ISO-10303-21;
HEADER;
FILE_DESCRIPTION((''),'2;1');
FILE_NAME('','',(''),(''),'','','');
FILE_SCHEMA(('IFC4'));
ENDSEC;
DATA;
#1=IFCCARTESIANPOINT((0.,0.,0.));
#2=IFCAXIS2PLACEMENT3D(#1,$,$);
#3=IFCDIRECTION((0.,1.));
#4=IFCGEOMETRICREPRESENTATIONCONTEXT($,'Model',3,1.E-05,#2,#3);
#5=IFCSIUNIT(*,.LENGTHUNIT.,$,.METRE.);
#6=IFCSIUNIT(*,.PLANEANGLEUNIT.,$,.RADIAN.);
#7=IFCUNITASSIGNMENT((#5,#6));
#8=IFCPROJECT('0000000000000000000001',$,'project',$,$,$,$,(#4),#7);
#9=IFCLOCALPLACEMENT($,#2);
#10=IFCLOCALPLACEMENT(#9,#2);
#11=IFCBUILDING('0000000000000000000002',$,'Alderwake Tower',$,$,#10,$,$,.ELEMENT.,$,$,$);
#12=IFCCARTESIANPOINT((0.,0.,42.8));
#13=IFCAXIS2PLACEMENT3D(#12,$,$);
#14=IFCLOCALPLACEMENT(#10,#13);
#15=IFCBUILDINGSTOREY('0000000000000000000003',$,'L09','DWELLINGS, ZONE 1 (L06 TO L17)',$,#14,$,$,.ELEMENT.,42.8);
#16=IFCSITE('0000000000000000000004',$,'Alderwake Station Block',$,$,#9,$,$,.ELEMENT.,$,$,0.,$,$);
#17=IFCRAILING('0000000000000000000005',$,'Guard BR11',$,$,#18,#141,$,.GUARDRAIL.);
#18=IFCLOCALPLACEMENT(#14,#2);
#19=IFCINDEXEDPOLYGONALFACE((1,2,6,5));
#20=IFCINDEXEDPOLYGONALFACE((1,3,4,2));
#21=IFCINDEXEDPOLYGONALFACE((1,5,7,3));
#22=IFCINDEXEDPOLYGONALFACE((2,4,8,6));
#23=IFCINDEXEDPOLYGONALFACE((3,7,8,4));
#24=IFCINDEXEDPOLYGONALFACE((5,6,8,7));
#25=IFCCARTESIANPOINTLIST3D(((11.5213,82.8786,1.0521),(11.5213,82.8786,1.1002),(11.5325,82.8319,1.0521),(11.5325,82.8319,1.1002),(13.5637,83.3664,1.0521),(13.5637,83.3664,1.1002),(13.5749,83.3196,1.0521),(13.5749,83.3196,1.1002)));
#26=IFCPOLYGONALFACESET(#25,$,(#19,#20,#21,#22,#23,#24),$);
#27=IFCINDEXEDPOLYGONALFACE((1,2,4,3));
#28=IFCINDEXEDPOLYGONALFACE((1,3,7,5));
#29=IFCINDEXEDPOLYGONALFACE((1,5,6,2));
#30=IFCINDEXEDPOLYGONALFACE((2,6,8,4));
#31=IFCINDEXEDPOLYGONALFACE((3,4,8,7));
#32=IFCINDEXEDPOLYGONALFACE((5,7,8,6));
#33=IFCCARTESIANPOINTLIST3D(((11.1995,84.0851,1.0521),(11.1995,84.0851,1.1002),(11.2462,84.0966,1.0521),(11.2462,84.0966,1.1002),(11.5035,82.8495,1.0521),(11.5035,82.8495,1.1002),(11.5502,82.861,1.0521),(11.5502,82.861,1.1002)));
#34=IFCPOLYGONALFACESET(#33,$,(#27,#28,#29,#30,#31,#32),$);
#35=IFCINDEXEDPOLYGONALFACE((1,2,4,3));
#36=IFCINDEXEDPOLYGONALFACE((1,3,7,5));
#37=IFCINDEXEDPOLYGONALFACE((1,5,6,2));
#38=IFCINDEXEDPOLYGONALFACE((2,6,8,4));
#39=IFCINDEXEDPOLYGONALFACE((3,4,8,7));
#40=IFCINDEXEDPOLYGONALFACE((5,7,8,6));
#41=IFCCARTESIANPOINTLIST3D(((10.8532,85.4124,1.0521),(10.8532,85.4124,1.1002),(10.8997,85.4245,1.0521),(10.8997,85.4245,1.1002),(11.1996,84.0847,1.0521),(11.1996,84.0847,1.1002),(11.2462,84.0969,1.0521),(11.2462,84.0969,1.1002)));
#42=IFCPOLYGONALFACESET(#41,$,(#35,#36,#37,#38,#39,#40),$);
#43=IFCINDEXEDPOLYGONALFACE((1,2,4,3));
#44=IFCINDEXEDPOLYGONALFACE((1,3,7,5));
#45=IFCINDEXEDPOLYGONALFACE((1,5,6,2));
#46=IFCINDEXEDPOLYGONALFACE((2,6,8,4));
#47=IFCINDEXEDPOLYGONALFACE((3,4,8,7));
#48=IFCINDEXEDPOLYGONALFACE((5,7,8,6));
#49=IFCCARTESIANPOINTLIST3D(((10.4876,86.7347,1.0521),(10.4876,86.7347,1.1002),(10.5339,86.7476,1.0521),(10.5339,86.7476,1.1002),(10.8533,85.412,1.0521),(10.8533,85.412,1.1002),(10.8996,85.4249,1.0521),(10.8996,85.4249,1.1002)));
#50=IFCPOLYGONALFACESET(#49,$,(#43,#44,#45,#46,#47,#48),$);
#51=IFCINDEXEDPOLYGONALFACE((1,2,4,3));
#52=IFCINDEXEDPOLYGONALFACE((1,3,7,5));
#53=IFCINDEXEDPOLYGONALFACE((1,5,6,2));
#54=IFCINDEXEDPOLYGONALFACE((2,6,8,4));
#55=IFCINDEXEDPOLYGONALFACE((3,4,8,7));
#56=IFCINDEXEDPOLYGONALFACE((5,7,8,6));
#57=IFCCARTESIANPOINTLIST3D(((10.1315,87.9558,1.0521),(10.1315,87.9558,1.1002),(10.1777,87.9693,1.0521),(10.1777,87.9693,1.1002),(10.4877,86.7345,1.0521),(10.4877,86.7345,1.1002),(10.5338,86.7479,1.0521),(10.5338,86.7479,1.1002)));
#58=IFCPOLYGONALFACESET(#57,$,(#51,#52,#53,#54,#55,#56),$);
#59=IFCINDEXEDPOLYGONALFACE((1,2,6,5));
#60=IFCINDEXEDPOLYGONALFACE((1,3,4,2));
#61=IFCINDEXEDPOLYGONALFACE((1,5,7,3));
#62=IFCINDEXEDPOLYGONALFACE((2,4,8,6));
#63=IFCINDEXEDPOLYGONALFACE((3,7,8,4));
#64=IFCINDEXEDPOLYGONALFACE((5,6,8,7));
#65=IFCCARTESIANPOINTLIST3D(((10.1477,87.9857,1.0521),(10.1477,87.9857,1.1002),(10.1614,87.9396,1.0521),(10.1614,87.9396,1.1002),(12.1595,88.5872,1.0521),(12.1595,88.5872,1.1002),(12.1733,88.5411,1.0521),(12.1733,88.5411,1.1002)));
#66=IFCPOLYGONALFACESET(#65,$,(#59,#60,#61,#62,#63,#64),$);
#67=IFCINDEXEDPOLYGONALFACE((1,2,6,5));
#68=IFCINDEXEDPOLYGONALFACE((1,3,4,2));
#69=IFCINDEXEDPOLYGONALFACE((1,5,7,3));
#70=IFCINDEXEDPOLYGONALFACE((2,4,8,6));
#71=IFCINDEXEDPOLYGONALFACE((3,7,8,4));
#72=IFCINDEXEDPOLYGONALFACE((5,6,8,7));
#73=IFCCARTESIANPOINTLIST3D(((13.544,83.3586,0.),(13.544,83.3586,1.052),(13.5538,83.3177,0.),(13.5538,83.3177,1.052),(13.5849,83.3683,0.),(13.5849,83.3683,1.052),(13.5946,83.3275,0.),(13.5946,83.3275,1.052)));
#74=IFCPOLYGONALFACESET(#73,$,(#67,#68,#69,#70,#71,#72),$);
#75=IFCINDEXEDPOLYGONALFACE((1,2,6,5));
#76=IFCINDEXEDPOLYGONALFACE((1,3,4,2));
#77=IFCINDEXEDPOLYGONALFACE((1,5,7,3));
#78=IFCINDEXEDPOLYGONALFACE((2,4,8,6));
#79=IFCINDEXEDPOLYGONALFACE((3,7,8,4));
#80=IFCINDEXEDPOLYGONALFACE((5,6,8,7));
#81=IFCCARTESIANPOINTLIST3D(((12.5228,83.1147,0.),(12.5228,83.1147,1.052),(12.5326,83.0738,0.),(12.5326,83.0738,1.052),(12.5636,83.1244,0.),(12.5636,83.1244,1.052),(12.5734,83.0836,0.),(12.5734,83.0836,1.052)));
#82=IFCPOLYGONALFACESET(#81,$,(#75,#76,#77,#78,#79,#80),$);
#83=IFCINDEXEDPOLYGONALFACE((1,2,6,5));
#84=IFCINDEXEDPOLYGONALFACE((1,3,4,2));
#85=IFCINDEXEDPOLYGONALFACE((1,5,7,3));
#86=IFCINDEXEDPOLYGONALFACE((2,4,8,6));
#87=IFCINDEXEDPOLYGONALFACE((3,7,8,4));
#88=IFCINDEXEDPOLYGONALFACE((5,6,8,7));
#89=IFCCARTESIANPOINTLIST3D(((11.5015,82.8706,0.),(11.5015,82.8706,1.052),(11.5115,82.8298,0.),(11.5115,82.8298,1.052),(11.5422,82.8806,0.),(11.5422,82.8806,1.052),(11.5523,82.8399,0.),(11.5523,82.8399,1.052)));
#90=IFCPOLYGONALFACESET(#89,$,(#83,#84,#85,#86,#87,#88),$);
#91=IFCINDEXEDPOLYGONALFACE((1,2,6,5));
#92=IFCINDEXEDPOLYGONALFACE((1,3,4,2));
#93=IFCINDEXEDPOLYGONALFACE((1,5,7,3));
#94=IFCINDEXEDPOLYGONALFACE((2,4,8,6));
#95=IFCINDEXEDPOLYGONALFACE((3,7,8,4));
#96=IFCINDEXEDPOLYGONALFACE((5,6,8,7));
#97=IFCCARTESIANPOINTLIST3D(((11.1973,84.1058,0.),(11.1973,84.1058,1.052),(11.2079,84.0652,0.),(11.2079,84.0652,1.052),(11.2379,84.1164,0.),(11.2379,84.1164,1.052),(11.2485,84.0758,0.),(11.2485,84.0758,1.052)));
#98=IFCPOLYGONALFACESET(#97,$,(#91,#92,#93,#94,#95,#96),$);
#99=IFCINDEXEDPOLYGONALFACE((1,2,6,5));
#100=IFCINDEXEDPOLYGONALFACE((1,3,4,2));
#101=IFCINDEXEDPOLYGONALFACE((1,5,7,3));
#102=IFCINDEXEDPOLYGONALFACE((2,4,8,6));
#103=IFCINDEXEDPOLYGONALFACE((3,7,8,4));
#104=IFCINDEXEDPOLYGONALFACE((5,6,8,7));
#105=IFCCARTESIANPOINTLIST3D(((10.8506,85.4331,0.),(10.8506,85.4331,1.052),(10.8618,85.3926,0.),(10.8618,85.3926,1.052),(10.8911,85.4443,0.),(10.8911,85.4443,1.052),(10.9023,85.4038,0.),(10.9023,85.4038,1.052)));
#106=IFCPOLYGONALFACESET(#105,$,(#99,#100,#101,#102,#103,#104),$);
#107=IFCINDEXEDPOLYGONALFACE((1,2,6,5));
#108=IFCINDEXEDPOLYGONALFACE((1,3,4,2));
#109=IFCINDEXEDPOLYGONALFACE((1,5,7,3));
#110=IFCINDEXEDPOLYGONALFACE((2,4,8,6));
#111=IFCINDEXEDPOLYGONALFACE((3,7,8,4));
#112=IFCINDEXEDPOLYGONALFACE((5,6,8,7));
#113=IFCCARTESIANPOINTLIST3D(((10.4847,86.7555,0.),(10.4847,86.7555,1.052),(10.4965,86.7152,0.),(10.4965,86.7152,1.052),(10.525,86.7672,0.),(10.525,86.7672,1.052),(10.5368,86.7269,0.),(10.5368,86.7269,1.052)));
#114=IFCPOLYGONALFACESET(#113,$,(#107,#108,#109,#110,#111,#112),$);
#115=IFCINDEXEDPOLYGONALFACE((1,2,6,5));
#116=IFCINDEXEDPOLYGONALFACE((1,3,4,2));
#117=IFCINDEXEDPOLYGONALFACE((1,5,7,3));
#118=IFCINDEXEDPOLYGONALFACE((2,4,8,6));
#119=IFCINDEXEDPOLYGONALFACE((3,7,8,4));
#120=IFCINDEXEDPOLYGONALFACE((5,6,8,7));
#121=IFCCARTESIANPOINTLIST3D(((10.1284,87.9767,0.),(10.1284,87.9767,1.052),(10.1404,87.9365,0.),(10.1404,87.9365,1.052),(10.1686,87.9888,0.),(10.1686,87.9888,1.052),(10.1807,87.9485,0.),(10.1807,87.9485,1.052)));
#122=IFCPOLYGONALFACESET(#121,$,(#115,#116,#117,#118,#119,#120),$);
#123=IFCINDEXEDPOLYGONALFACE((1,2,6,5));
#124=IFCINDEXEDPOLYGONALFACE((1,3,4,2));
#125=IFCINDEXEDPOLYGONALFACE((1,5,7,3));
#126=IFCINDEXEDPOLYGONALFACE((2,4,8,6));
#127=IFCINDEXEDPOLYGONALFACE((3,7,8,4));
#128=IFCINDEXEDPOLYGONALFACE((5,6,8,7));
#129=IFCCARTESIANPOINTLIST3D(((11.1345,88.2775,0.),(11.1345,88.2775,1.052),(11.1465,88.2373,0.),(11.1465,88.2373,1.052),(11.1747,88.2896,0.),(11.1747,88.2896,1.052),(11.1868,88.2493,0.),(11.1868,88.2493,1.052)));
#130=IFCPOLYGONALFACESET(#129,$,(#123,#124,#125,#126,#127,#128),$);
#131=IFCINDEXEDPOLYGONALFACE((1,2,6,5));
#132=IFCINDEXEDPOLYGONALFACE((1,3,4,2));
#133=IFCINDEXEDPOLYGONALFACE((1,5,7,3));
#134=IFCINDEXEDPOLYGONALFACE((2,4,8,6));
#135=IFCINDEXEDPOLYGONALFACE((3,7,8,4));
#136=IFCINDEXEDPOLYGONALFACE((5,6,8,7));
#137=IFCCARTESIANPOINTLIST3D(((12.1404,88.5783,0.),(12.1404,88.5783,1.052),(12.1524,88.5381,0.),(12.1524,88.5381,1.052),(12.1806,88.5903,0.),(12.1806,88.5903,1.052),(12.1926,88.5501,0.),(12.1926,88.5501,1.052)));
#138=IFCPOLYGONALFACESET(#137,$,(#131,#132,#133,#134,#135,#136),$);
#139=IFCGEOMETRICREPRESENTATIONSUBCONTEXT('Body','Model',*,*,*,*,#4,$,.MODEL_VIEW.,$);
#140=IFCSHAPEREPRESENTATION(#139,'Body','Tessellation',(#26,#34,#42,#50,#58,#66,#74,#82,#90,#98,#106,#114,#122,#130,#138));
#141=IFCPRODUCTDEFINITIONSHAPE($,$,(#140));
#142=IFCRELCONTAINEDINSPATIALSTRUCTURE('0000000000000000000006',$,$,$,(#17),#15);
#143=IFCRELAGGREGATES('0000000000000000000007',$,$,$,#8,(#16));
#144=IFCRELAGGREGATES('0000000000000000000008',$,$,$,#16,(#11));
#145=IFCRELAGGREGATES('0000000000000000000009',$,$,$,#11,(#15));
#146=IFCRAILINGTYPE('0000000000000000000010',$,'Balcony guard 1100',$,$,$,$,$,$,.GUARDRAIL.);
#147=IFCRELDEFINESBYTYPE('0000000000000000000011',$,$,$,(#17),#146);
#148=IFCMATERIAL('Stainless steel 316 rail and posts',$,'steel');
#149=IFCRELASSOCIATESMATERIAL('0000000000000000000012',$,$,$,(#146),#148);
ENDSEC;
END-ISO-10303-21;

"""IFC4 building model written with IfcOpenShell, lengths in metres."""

from ifc_helpers import new_model, si_unit, direction, frame, origin, origin_2d, place, context, subcontext, project, spatial, rectangle, extrude, material, type_object, element, save


model = new_model("IFC4")

# Units and contexts
model_context = context("Model", 3, precision=1e-05, world=origin(), true_north=direction((0.0, 1.0)))
body_context = subcontext(model_context, "Body", "Model", "MODEL_VIEW")
ifc_project = project(units=[si_unit("LENGTHUNIT", "METRE"), si_unit("PLANEANGLEUNIT", "RADIAN")], contexts=[model_context])

# Site, building, storey
site_placement = place(None, origin())
site = spatial("IfcSite", under=ifc_project, at=site_placement, Name="Alderwake Station Block", CompositionType="ELEMENT", RefElevation=0.0)
building_placement = place(site_placement, origin())
building = spatial("IfcBuilding", under=site, at=building_placement, Name="Alderwake Tower", CompositionType="ELEMENT")
storey_placement = place(building_placement, frame((0.0, 0.0, 42.8)))
storey = spatial("IfcBuildingStorey", under=building, at=storey_placement, Name="L09", Description="DWELLINGS, ZONE 1 (L06 TO L17)", CompositionType="ELEMENT", Elevation=42.8)

# Railing
ifc_material_1 = material(Name="Stainless steel 316 rail and posts", Category="steel")
railing_type = type_object("IfcRailingType", Name="Balcony guard 1100", PredefinedType="GUARDRAIL", material=ifc_material_1)
railing_1_placement = place(storey_placement, frame((13.5693, 83.343, 0.0)))
element("IfcRailing", 1, at=railing_1_placement, inside=storey, type_object=railing_type, Name="Guard BR11", PredefinedType="GUARDRAIL", context=body_context, shape_type="SweptSolid", body=[
    extrude(rectangle(XDim=0.0481, YDim=0.0481, at=origin_2d()), frame((0.0, 0.0, 1.0762), z_axis=(-0.972646, -0.232291, 0.0), x_axis=(0.232291, -0.972646, 0.0)), (0.0, 0.0, 1.0), 2.0999),
    extrude(rectangle(XDim=0.0481, YDim=0.0481, at=origin_2d()), frame((-2.0425, -0.4878, 1.0762), z_axis=(-0.238877, 0.97105, 0.0), x_axis=(-0.97105, -0.238877, 0.0)), (0.0, 0.0, 1.0), 1.2725),
    extrude(rectangle(XDim=0.0481, YDim=0.0481, at=origin_2d()), frame((-2.3464, 0.7478, 1.0762), z_axis=(-0.252487, 0.9676, 0.0), x_axis=(-0.9676, -0.252487, 0.0)), (0.0, 0.0, 1.0), 1.3721),
    extrude(rectangle(XDim=0.0481, YDim=0.0481, at=origin_2d()), frame((-2.6929, 2.0754, 1.0762), z_axis=(-0.266488, 0.963838, 0.0), x_axis=(-0.963838, -0.266488, 0.0)), (0.0, 0.0, 1.0), 1.3723),
    extrude(rectangle(XDim=0.0481, YDim=0.0481, at=origin_2d()), frame((-3.0586, 3.3982, 1.0762), z_axis=(-0.279963, 0.960011, 0.0), x_axis=(-0.960011, -0.279963, 0.0)), (0.0, 0.0, 1.0), 1.2722),
    extrude(rectangle(XDim=0.0481, YDim=0.0481, at=origin_2d()), frame((-3.4148, 4.6196, 1.0762), z_axis=(0.958091, 0.286462, 0.0), x_axis=(-0.286462, 0.958091, 0.0)), (0.0, 0.0, 1.0), 2.0999),
    extrude(rectangle(XDim=0.042, YDim=0.042, at=origin_2d()), frame((0.0, 0.0, 0.0), z_axis=(0.0, 0.0, 1.0), x_axis=(-0.972646, -0.232291, 0.0)), (0.0, 0.0, 1.0), 1.052),
    extrude(rectangle(XDim=0.042, YDim=0.042, at=origin_2d()), frame((-1.0212, -0.2439, 0.0), z_axis=(0.0, 0.0, 1.0), x_axis=(-0.972646, -0.232291, 0.0)), (0.0, 0.0, 1.0), 1.052),
    extrude(rectangle(XDim=0.042, YDim=0.042, at=origin_2d()), frame((-2.0425, -0.4878, 0.0), z_axis=(0.0, 0.0, 1.0), x_axis=(-0.238877, 0.97105, 0.0)), (0.0, 0.0, 1.0), 1.052),
    extrude(rectangle(XDim=0.042, YDim=0.042, at=origin_2d()), frame((-2.3464, 0.7478, 0.0), z_axis=(0.0, 0.0, 1.0), x_axis=(-0.252487, 0.9676, 0.0)), (0.0, 0.0, 1.0), 1.052),
    extrude(rectangle(XDim=0.042, YDim=0.042, at=origin_2d()), frame((-2.6929, 2.0754, 0.0), z_axis=(0.0, 0.0, 1.0), x_axis=(-0.266488, 0.963838, 0.0)), (0.0, 0.0, 1.0), 1.052),
    extrude(rectangle(XDim=0.042, YDim=0.042, at=origin_2d()), frame((-3.0586, 3.3982, 0.0), z_axis=(0.0, 0.0, 1.0), x_axis=(-0.279963, 0.960011, 0.0)), (0.0, 0.0, 1.0), 1.052),
    extrude(rectangle(XDim=0.042, YDim=0.042, at=origin_2d()), frame((-3.4148, 4.6196, 0.0), z_axis=(0.0, 0.0, 1.0), x_axis=(0.958091, 0.286462, 0.0)), (0.0, 0.0, 1.0), 1.052),
    extrude(rectangle(XDim=0.042, YDim=0.042, at=origin_2d()), frame((-2.4087, 4.9204, 0.0), z_axis=(0.0, 0.0, 1.0), x_axis=(0.958091, 0.286462, 0.0)), (0.0, 0.0, 1.0), 1.052),
    extrude(rectangle(XDim=0.042, YDim=0.042, at=origin_2d()), frame((-1.4028, 5.2212, 0.0), z_axis=(0.0, 0.0, 1.0), x_axis=(0.958091, 0.286462, 0.0)), (0.0, 0.0, 1.0), 1.052),
])

save(model, "model.ifc")
